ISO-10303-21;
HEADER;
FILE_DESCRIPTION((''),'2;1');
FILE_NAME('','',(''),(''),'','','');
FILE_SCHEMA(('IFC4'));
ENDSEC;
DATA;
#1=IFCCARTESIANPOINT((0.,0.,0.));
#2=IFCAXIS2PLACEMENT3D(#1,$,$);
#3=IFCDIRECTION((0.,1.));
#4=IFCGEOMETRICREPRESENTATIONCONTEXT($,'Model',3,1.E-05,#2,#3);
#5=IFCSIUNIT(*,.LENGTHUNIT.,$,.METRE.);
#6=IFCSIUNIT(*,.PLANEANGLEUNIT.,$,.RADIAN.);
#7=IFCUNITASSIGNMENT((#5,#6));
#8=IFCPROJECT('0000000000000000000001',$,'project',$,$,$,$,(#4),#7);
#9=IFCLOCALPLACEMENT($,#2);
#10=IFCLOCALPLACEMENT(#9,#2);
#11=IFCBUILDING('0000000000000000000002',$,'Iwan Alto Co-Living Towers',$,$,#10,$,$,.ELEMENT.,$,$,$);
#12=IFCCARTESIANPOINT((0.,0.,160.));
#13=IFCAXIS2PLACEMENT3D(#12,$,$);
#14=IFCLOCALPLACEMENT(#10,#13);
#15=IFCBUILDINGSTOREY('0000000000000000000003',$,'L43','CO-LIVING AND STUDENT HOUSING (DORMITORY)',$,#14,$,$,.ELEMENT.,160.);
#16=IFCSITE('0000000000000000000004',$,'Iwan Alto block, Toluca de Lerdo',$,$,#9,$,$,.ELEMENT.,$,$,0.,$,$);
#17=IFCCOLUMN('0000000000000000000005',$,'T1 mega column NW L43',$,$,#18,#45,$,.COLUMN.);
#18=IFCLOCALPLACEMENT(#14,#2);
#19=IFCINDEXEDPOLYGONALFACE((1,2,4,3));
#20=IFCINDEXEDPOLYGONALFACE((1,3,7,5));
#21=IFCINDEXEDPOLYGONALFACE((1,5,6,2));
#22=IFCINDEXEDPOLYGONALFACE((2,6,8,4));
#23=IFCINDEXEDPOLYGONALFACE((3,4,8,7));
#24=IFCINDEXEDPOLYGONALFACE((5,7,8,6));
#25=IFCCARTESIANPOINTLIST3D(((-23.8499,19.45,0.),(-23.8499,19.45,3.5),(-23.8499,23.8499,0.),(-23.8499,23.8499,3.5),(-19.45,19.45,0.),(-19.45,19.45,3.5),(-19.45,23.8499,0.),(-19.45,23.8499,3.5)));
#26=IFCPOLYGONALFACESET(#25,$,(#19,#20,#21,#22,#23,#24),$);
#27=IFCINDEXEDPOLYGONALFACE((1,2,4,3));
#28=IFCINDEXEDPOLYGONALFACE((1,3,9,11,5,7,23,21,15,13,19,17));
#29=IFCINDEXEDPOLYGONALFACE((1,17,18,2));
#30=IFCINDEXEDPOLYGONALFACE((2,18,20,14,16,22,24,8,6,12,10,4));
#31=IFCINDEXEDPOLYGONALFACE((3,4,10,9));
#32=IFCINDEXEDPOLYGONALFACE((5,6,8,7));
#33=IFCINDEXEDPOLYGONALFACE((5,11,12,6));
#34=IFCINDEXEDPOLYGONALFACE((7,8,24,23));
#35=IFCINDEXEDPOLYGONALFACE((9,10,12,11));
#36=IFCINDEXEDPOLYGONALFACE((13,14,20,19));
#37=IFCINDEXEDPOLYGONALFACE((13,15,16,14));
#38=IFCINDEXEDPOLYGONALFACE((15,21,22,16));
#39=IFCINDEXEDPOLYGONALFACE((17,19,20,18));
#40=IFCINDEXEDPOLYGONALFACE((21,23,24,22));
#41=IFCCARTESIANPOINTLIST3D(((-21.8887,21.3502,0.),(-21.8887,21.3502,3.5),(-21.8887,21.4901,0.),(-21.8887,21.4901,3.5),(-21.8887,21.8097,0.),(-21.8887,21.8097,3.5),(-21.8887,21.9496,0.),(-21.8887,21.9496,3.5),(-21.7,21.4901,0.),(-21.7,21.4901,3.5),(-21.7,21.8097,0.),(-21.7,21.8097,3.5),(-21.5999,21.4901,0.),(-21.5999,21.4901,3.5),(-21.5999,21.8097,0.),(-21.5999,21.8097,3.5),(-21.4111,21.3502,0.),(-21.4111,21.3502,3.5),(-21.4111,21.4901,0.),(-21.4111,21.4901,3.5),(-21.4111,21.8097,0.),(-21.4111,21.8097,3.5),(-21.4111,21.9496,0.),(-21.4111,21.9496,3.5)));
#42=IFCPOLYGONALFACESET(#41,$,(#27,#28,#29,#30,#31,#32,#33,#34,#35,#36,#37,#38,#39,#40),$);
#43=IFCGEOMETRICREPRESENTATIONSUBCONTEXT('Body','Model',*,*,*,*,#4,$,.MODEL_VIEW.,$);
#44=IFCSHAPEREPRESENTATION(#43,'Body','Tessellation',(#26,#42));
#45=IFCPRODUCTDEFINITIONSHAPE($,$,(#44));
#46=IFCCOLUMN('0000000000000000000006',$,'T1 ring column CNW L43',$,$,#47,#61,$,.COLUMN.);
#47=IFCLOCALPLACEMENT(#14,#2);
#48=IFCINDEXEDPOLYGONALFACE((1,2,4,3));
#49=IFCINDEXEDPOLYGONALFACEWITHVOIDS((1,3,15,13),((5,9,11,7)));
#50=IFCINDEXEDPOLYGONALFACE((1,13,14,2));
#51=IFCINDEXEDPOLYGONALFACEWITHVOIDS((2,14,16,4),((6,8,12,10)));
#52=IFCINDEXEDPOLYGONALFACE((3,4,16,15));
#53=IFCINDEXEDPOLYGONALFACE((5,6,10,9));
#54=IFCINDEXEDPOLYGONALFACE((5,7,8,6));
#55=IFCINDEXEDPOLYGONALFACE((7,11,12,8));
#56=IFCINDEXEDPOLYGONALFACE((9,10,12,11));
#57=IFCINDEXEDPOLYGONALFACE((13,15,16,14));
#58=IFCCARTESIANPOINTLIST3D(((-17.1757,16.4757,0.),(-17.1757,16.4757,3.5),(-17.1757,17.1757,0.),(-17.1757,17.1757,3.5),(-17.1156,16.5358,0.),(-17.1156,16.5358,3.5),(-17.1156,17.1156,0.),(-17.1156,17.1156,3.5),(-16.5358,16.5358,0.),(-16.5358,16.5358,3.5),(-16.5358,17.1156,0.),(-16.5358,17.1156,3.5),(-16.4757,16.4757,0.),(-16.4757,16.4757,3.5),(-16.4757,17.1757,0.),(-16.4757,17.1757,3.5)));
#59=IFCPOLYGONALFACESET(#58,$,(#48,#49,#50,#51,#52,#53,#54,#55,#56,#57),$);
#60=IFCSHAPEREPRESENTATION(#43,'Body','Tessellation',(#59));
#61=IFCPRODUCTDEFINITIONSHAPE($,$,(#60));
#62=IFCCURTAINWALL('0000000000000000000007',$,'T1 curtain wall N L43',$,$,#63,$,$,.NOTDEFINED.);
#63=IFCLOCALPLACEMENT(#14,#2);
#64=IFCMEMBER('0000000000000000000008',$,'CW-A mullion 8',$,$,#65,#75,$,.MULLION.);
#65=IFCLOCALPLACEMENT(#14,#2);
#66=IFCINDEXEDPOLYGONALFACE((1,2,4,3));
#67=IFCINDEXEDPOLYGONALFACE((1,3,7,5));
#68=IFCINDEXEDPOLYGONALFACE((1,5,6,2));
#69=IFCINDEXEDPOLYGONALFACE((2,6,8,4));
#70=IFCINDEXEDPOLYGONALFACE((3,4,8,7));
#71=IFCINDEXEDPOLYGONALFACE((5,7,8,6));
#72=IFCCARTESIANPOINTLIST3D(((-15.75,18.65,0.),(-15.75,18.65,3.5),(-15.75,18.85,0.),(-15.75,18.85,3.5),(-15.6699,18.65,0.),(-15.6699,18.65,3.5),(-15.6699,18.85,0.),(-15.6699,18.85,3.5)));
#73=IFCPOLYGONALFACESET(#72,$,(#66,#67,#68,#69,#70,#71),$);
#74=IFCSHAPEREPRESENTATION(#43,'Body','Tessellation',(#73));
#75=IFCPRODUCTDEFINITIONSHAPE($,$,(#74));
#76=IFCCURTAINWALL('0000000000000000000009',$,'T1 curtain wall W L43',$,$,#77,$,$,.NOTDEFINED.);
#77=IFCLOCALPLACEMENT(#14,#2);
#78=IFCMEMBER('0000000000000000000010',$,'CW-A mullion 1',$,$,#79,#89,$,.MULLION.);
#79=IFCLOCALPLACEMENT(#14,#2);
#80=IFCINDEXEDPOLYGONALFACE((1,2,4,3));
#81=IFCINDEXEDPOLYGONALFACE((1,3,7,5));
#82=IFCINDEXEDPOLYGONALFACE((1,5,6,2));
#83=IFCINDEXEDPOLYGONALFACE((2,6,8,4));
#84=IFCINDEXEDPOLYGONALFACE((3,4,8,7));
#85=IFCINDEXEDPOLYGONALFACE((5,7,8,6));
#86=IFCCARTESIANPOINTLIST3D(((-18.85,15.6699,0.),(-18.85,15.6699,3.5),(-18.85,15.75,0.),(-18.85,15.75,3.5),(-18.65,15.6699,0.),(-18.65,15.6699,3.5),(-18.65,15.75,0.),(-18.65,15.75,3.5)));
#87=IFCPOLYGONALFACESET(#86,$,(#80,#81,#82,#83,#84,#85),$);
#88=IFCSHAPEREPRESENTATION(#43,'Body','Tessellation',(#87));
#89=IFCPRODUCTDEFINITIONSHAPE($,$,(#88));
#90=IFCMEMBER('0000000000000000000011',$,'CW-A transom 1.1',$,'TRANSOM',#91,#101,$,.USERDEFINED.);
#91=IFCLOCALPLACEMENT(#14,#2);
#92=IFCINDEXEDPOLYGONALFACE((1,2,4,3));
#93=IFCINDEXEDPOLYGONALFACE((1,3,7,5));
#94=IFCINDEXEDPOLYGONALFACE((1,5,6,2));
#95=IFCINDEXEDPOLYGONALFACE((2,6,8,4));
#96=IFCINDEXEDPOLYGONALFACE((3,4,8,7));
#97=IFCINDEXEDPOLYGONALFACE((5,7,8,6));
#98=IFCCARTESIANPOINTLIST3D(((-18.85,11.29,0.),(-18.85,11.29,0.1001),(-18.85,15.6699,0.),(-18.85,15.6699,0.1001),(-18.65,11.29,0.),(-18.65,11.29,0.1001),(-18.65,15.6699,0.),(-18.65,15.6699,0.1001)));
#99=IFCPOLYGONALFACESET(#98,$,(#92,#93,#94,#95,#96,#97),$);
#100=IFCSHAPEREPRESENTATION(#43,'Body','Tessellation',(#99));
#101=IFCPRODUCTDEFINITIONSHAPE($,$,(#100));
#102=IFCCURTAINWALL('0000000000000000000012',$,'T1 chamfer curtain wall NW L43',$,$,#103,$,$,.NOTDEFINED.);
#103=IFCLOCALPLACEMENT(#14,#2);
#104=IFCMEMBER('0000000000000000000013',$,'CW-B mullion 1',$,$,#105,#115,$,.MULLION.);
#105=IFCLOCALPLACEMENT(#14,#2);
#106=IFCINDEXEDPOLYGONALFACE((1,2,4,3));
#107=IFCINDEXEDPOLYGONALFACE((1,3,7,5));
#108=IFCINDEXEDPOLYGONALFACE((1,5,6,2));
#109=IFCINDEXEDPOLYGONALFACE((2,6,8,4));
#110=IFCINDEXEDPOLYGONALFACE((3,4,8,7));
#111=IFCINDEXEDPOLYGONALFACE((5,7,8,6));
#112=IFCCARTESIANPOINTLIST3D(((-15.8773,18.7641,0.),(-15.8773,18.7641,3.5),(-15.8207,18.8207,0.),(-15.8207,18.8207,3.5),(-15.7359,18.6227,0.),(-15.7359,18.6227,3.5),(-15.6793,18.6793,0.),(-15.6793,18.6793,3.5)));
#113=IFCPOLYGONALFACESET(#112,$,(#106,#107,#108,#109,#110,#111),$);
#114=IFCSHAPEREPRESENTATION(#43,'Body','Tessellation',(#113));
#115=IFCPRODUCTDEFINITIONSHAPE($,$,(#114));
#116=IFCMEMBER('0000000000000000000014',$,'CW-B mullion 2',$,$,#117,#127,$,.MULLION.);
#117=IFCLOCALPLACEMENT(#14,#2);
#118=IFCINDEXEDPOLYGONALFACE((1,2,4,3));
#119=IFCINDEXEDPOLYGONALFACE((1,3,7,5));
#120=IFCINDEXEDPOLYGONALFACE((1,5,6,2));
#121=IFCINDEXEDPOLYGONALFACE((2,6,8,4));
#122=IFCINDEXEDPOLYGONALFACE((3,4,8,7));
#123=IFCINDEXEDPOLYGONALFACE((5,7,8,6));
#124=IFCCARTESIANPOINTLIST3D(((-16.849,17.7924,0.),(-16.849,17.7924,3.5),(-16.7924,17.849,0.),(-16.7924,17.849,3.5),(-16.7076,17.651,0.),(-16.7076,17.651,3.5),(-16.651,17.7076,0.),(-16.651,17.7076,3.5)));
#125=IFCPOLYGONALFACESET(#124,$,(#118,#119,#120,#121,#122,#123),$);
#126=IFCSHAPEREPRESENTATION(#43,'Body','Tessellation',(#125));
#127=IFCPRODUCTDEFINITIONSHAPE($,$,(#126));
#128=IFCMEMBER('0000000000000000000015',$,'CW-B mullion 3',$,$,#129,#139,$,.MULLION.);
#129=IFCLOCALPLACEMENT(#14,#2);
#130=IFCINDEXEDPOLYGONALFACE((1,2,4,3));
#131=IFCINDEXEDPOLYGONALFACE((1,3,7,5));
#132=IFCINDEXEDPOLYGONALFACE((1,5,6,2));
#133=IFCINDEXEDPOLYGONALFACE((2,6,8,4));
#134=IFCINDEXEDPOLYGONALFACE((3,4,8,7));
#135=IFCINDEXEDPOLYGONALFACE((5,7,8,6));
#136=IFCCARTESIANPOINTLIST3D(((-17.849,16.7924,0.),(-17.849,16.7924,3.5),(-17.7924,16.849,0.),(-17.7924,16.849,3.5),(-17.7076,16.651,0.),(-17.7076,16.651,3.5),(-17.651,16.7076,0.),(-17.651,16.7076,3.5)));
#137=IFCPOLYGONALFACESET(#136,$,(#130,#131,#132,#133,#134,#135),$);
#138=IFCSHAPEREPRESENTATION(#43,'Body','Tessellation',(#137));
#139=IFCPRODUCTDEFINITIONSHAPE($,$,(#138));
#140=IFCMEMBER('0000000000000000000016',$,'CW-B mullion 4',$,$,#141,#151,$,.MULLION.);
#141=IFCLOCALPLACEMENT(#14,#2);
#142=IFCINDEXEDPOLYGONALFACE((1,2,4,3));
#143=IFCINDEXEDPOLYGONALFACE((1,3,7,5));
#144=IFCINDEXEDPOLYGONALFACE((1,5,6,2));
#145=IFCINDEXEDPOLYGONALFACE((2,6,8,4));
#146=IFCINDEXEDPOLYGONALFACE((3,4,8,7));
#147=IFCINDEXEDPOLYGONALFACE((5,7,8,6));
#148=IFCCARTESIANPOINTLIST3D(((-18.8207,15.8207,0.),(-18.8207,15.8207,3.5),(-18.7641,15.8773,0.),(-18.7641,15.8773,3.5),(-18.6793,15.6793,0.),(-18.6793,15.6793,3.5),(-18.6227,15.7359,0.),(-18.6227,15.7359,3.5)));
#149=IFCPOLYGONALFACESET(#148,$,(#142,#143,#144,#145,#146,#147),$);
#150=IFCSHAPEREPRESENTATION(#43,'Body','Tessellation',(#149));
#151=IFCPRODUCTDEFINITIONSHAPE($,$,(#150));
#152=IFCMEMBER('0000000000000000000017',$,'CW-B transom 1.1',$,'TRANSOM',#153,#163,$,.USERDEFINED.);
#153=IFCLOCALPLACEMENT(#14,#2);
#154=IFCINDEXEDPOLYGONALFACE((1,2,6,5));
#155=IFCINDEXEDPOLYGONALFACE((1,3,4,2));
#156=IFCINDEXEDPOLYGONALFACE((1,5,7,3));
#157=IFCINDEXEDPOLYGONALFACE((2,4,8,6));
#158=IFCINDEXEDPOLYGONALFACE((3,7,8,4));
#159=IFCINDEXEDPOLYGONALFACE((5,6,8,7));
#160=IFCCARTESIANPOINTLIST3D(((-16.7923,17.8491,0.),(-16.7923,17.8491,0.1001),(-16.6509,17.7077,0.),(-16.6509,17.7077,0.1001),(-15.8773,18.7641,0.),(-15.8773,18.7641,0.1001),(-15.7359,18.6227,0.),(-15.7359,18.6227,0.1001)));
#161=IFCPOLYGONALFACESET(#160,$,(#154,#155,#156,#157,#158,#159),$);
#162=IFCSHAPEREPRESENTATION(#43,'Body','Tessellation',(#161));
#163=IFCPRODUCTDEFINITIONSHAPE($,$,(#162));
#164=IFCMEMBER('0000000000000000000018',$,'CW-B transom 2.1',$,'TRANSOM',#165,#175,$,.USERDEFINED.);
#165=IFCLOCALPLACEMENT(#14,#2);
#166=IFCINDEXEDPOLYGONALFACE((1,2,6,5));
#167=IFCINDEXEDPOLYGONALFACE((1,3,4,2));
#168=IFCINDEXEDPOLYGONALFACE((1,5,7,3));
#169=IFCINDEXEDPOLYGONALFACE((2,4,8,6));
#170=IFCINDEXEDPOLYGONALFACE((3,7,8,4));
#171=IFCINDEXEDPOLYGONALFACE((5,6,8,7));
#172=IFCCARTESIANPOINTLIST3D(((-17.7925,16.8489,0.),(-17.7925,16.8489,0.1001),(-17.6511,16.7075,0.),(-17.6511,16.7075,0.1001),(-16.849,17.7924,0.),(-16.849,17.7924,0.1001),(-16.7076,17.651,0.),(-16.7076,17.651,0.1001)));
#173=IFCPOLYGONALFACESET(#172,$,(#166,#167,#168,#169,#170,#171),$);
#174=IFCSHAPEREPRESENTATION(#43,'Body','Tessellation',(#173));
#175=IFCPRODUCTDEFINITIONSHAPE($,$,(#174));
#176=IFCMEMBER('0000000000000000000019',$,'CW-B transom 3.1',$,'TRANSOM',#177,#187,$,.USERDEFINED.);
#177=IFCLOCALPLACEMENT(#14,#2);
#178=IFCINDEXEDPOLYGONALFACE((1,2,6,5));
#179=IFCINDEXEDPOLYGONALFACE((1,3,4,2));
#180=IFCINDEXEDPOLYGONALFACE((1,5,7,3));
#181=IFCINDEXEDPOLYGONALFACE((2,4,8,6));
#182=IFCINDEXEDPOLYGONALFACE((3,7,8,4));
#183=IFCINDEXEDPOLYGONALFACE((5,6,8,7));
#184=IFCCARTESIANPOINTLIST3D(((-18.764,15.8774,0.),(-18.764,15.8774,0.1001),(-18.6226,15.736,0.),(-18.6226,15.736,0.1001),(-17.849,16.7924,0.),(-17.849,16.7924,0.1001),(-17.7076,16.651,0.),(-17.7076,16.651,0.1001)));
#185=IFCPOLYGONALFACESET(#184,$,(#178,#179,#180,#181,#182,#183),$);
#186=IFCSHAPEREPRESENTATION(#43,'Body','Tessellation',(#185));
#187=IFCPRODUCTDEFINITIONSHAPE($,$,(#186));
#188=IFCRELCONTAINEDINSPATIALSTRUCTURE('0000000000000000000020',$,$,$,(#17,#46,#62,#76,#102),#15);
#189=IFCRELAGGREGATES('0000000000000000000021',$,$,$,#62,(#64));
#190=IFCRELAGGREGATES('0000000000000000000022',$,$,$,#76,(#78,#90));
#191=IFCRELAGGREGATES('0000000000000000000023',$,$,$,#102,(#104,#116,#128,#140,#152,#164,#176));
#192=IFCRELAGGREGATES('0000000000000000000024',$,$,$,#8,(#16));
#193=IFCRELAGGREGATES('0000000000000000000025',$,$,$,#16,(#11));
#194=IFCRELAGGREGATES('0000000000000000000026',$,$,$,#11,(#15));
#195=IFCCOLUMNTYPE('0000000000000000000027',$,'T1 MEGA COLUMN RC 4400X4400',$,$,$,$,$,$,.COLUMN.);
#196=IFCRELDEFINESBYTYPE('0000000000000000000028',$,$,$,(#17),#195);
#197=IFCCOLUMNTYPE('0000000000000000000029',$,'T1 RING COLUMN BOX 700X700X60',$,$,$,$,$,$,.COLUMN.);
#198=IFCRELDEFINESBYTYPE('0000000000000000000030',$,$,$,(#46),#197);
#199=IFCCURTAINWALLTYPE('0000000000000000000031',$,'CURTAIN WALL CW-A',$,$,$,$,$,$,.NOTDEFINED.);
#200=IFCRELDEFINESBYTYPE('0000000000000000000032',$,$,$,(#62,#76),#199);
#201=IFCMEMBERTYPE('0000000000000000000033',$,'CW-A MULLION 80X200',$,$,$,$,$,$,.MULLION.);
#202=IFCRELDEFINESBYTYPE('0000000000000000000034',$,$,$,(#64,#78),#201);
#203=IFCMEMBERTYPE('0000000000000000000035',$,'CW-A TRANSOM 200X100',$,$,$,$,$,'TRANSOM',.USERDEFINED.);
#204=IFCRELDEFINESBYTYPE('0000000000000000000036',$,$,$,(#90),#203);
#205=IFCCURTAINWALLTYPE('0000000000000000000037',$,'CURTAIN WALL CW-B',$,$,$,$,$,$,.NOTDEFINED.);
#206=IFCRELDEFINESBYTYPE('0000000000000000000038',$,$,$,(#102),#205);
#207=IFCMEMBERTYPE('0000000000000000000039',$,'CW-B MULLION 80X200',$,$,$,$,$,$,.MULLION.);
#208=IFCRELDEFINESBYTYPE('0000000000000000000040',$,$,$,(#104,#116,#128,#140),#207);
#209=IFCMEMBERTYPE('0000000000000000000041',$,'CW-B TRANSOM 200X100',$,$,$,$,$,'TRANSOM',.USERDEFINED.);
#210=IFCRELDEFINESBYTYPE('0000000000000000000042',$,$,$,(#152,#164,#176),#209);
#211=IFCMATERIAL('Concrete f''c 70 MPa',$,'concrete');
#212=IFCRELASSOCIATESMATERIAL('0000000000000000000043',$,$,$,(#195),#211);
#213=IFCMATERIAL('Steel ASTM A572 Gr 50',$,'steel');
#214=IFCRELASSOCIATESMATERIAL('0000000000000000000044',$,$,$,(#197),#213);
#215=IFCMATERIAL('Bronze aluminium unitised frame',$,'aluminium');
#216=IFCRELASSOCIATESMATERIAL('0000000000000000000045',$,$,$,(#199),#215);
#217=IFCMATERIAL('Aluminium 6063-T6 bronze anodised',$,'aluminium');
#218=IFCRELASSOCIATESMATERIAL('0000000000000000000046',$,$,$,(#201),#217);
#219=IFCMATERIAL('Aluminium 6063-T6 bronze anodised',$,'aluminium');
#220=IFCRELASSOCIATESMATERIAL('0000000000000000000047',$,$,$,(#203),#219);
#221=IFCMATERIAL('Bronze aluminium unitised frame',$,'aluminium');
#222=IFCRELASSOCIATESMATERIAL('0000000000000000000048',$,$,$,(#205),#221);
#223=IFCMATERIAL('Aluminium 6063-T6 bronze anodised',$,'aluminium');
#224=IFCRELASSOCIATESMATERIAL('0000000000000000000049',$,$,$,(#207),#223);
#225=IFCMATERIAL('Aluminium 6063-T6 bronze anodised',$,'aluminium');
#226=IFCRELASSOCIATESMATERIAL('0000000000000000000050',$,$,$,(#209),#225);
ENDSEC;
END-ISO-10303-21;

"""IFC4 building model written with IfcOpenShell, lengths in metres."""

from ifc_helpers import new_model, si_unit, direction, frame, origin, origin_2d, place, context, subcontext, project, spatial, rectangle, hollow_rectangle, i_section, extrude, material, material_profile, profile_set, type_object, element, aggregate, save


model = new_model("IFC4")

# Units and contexts
model_context = context("Model", 3, precision=1e-05, world=origin(), true_north=direction((0.0, 1.0)))
body_context = subcontext(model_context, "Body", "Model", "MODEL_VIEW")
ifc_project = project(units=[si_unit("LENGTHUNIT", "METRE"), si_unit("PLANEANGLEUNIT", "RADIAN")], contexts=[model_context])

# Site, building, storey
site_placement = place(None, origin())
site = spatial("IfcSite", under=ifc_project, at=site_placement, Name="Iwan Alto block, Toluca de Lerdo", CompositionType="ELEMENT", RefElevation=0.0)
building_placement = place(site_placement, origin())
building = spatial("IfcBuilding", under=site, at=building_placement, Name="Iwan Alto Co-Living Towers", CompositionType="ELEMENT")
storey_placement = place(building_placement, frame((0.0, 0.0, 160.0)))
storey = spatial("IfcBuildingStorey", under=building, at=storey_placement, Name="L43", Description="CO-LIVING AND STUDENT HOUSING (DORMITORY)", CompositionType="ELEMENT", Elevation=160.0)

# Columns
ifc_material_1 = material(Name="Concrete f'c 70 MPa", Category="concrete")
ifc_material_profile_1 = material_profile(ifc_material_1, rectangle(XDim=4.3999, YDim=4.3999, at=origin_2d()), Name="RC 4400X4400")
ifc_profile_set_1 = profile_set([ifc_material_profile_1], Name="Concrete f'c 70 MPa")
column_type_1 = type_object("IfcColumnType", Name="T1 MEGA COLUMN RC 4400X4400", PredefinedType="COLUMN", material=ifc_profile_set_1)
column_1_placement = place(storey_placement, frame((-21.6499, 21.6499, 0.0), z_axis=(0.0, 0.0, 1.0), x_axis=(1.0, 0.0, 0.0)))
element("IfcColumn", 1, at=column_1_placement, inside=storey, type_object=column_type_1, Name="T1 mega column NW L43", PredefinedType="COLUMN", context=body_context, shape_type="SweptSolid", body=[
    extrude(rectangle(XDim=4.3999, YDim=4.3999, at=origin_2d()), origin(), (0.0, 0.0, 1.0), 3.5),
    extrude(i_section(OverallWidth=0.4775, OverallDepth=0.5994, WebThickness=0.1001, FlangeThickness=0.1399, at=origin_2d()), origin(), (0.0, 0.0, 1.0), 3.5),
])
ifc_material_2 = material(Name="Steel ASTM A572 Gr 50", Category="steel")
ifc_material_profile_2 = material_profile(ifc_material_2, hollow_rectangle(XDim=0.7, YDim=0.7, WallThickness=0.0601, at=origin_2d()), Name="BOX 700X700X60")
ifc_profile_set_2 = profile_set([ifc_material_profile_2], Name="Steel ASTM A572 Gr 50")
column_type_2 = type_object("IfcColumnType", Name="T1 RING COLUMN BOX 700X700X60", PredefinedType="COLUMN", material=ifc_profile_set_2)
column_2_placement = place(storey_placement, frame((-16.8257, 16.8257, 0.0), z_axis=(0.0, 0.0, 1.0), x_axis=(1.0, 0.0, 0.0)))
element("IfcColumn", 2, at=column_2_placement, inside=storey, type_object=column_type_2, Name="T1 ring column CNW L43", PredefinedType="COLUMN", context=body_context, shape_type="SweptSolid", body=[
    extrude(hollow_rectangle(XDim=0.7, YDim=0.7, WallThickness=0.0601, at=origin_2d()), origin(), (0.0, 0.0, 1.0), 3.5),
])

# Curtain wall, member
ifc_material_3 = material(Name="Bronze aluminium unitised frame", Category="aluminium")
curtain_wall_type_1 = type_object("IfcCurtainWallType", Name="CURTAIN WALL CW-A", PredefinedType="NOTDEFINED", material=ifc_material_3)
curtain_wall_1_placement = place(storey_placement, origin())
curtain_wall_1 = element("IfcCurtainWall", 3, at=curtain_wall_1_placement, inside=storey, type_object=curtain_wall_type_1, Name="T1 curtain wall N L43", PredefinedType="NOTDEFINED")
ifc_material_4 = material(Name="Aluminium 6063-T6 bronze anodised", Category="aluminium")
ifc_material_profile_3 = material_profile(ifc_material_4, rectangle(XDim=0.2, YDim=0.0801, at=origin_2d()), Name="AL 80X200")
ifc_profile_set_3 = profile_set([ifc_material_profile_3], Name="Aluminium 6063-T6 bronze anodised")
member_type_1 = type_object("IfcMemberType", Name="CW-A MULLION 80X200", PredefinedType="MULLION", material=ifc_profile_set_3)
member_1_placement = place(storey_placement, frame((-15.71, 18.75, 0.0), z_axis=(0.0, 0.0, 1.0), x_axis=(0.0, -1.0, 0.0)))
member_1 = element("IfcMember", 4, at=member_1_placement, type_object=member_type_1, Name="CW-A mullion 8", PredefinedType="MULLION", context=body_context, shape_type="SweptSolid", body=[
    extrude(rectangle(XDim=0.2, YDim=0.0801, at=origin_2d()), origin(), (0.0, 0.0, 1.0), 3.5),
])
aggregate(curtain_wall_1, [member_1])

# Curtain walls, members
curtain_wall_2_placement = place(storey_placement, origin())
curtain_wall_2 = element("IfcCurtainWall", 5, at=curtain_wall_2_placement, inside=storey, type_object=curtain_wall_type_1, Name="T1 curtain wall W L43", PredefinedType="NOTDEFINED")
member_2_placement = place(storey_placement, frame((-18.75, 15.71, 0.0), z_axis=(0.0, 0.0, 1.0), x_axis=(1.0, 0.0, 0.0)))
member_2 = element("IfcMember", 6, at=member_2_placement, type_object=member_type_1, Name="CW-A mullion 1", PredefinedType="MULLION", context=body_context, shape_type="SweptSolid", body=[
    extrude(rectangle(XDim=0.2, YDim=0.0801, at=origin_2d()), origin(), (0.0, 0.0, 1.0), 3.5),
])
ifc_material_5 = material(Name="Aluminium 6063-T6 bronze anodised", Category="aluminium")
ifc_material_profile_4 = material_profile(ifc_material_5, rectangle(XDim=0.2, YDim=0.1001, at=origin_2d()), Name="AL 200X100")
ifc_profile_set_4 = profile_set([ifc_material_profile_4], Name="Aluminium 6063-T6 bronze anodised")
member_type_2 = type_object("IfcMemberType", Name="CW-A TRANSOM 200X100", ElementType="TRANSOM", PredefinedType="USERDEFINED", material=ifc_profile_set_4)
member_3_placement = place(storey_placement, frame((-18.75, 15.6699, 0.05), z_axis=(0.0, -1.0, 0.0), x_axis=(1.0, 0.0, 0.0)))
member_3 = element("IfcMember", 7, at=member_3_placement, type_object=member_type_2, Name="CW-A transom 1.1", ObjectType="TRANSOM", PredefinedType="USERDEFINED", context=body_context, shape_type="SweptSolid", body=[
    extrude(rectangle(XDim=0.2, YDim=0.1001, at=origin_2d()), origin(), (0.0, 0.0, 1.0), 4.3799),
])
ifc_material_6 = material(Name="Bronze aluminium unitised frame", Category="aluminium")
curtain_wall_type_2 = type_object("IfcCurtainWallType", Name="CURTAIN WALL CW-B", PredefinedType="NOTDEFINED", material=ifc_material_6)
curtain_wall_3_placement = place(storey_placement, origin())
curtain_wall_3 = element("IfcCurtainWall", 8, at=curtain_wall_3_placement, inside=storey, type_object=curtain_wall_type_2, Name="T1 chamfer curtain wall NW L43", PredefinedType="NOTDEFINED")
ifc_material_7 = material(Name="Aluminium 6063-T6 bronze anodised", Category="aluminium")
ifc_material_profile_5 = material_profile(ifc_material_7, rectangle(XDim=0.2, YDim=0.0801, at=origin_2d()), Name="AL 80X200")
ifc_profile_set_5 = profile_set([ifc_material_profile_5], Name="Aluminium 6063-T6 bronze anodised")
member_type_3 = type_object("IfcMemberType", Name="CW-B MULLION 80X200", PredefinedType="MULLION", material=ifc_profile_set_5)
member_4_placement = place(storey_placement, frame((-15.7783, 18.7217, 0.0), z_axis=(0.0, 0.0, 1.0), x_axis=(0.707107, -0.707107, 0.0)))
member_4 = element("IfcMember", 9, at=member_4_placement, type_object=member_type_3, Name="CW-B mullion 1", PredefinedType="MULLION", context=body_context, shape_type="SweptSolid", body=[
    extrude(rectangle(XDim=0.2, YDim=0.0801, at=origin_2d()), origin(), (0.0, 0.0, 1.0), 3.5),
])
member_5_placement = place(storey_placement, frame((-16.75, 17.75, 0.0), z_axis=(0.0, 0.0, 1.0), x_axis=(0.707107, -0.707107, 0.0)))
member_5 = element("IfcMember", 10, at=member_5_placement, type_object=member_type_3, Name="CW-B mullion 2", PredefinedType="MULLION", context=body_context, shape_type="SweptSolid", body=[
    extrude(rectangle(XDim=0.2, YDim=0.0801, at=origin_2d()), origin(), (0.0, 0.0, 1.0), 3.5),
])
member_6_placement = place(storey_placement, frame((-17.75, 16.75, 0.0), z_axis=(0.0, 0.0, 1.0), x_axis=(0.707107, -0.707107, 0.0)))
member_6 = element("IfcMember", 11, at=member_6_placement, type_object=member_type_3, Name="CW-B mullion 3", PredefinedType="MULLION", context=body_context, shape_type="SweptSolid", body=[
    extrude(rectangle(XDim=0.2, YDim=0.0801, at=origin_2d()), origin(), (0.0, 0.0, 1.0), 3.5),
])
member_7_placement = place(storey_placement, frame((-18.7217, 15.7783, 0.0), z_axis=(0.0, 0.0, 1.0), x_axis=(0.707107, -0.707107, 0.0)))
member_7 = element("IfcMember", 12, at=member_7_placement, type_object=member_type_3, Name="CW-B mullion 4", PredefinedType="MULLION", context=body_context, shape_type="SweptSolid", body=[
    extrude(rectangle(XDim=0.2, YDim=0.0801, at=origin_2d()), origin(), (0.0, 0.0, 1.0), 3.5),
])
ifc_material_8 = material(Name="Aluminium 6063-T6 bronze anodised", Category="aluminium")
ifc_material_profile_6 = material_profile(ifc_material_8, rectangle(XDim=0.2, YDim=0.1001, at=origin_2d()), Name="AL 200X100")
ifc_profile_set_6 = profile_set([ifc_material_profile_6], Name="Aluminium 6063-T6 bronze anodised")
member_type_4 = type_object("IfcMemberType", Name="CW-B TRANSOM 200X100", ElementType="TRANSOM", PredefinedType="USERDEFINED", material=ifc_profile_set_6)
member_8_placement = place(storey_placement, frame((-15.8066, 18.6934, 0.05), z_axis=(-0.707107, -0.707107, 0.0), x_axis=(0.707107, -0.707107, 0.0)))
member_8 = element("IfcMember", 13, at=member_8_placement, type_object=member_type_4, Name="CW-B transom 1.1", ObjectType="TRANSOM", PredefinedType="USERDEFINED", context=body_context, shape_type="SweptSolid", body=[
    extrude(rectangle(XDim=0.2, YDim=0.1001, at=origin_2d()), origin(), (0.0, 0.0, 1.0), 1.2939),
])
member_9_placement = place(storey_placement, frame((-16.7783, 17.7217, 0.05), z_axis=(-0.707107, -0.707107, 0.0), x_axis=(0.707107, -0.707107, 0.0)))
member_9 = element("IfcMember", 14, at=member_9_placement, type_object=member_type_4, Name="CW-B transom 2.1", ObjectType="TRANSOM", PredefinedType="USERDEFINED", context=body_context, shape_type="SweptSolid", body=[
    extrude(rectangle(XDim=0.2, YDim=0.1001, at=origin_2d()), origin(), (0.0, 0.0, 1.0), 1.3342),
])
member_10_placement = place(storey_placement, frame((-17.7783, 16.7217, 0.05), z_axis=(-0.707107, -0.707107, 0.0), x_axis=(0.707107, -0.707107, 0.0)))
member_10 = element("IfcMember", 15, at=member_10_placement, type_object=member_type_4, Name="CW-B transom 3.1", ObjectType="TRANSOM", PredefinedType="USERDEFINED", context=body_context, shape_type="SweptSolid", body=[
    extrude(rectangle(XDim=0.2, YDim=0.1001, at=origin_2d()), origin(), (0.0, 0.0, 1.0), 1.2939),
])

aggregate(curtain_wall_2, [member_2, member_3])
aggregate(curtain_wall_3, [member_4, member_5, member_6, member_7, member_8, member_9, member_10])

save(model, "model.ifc")
